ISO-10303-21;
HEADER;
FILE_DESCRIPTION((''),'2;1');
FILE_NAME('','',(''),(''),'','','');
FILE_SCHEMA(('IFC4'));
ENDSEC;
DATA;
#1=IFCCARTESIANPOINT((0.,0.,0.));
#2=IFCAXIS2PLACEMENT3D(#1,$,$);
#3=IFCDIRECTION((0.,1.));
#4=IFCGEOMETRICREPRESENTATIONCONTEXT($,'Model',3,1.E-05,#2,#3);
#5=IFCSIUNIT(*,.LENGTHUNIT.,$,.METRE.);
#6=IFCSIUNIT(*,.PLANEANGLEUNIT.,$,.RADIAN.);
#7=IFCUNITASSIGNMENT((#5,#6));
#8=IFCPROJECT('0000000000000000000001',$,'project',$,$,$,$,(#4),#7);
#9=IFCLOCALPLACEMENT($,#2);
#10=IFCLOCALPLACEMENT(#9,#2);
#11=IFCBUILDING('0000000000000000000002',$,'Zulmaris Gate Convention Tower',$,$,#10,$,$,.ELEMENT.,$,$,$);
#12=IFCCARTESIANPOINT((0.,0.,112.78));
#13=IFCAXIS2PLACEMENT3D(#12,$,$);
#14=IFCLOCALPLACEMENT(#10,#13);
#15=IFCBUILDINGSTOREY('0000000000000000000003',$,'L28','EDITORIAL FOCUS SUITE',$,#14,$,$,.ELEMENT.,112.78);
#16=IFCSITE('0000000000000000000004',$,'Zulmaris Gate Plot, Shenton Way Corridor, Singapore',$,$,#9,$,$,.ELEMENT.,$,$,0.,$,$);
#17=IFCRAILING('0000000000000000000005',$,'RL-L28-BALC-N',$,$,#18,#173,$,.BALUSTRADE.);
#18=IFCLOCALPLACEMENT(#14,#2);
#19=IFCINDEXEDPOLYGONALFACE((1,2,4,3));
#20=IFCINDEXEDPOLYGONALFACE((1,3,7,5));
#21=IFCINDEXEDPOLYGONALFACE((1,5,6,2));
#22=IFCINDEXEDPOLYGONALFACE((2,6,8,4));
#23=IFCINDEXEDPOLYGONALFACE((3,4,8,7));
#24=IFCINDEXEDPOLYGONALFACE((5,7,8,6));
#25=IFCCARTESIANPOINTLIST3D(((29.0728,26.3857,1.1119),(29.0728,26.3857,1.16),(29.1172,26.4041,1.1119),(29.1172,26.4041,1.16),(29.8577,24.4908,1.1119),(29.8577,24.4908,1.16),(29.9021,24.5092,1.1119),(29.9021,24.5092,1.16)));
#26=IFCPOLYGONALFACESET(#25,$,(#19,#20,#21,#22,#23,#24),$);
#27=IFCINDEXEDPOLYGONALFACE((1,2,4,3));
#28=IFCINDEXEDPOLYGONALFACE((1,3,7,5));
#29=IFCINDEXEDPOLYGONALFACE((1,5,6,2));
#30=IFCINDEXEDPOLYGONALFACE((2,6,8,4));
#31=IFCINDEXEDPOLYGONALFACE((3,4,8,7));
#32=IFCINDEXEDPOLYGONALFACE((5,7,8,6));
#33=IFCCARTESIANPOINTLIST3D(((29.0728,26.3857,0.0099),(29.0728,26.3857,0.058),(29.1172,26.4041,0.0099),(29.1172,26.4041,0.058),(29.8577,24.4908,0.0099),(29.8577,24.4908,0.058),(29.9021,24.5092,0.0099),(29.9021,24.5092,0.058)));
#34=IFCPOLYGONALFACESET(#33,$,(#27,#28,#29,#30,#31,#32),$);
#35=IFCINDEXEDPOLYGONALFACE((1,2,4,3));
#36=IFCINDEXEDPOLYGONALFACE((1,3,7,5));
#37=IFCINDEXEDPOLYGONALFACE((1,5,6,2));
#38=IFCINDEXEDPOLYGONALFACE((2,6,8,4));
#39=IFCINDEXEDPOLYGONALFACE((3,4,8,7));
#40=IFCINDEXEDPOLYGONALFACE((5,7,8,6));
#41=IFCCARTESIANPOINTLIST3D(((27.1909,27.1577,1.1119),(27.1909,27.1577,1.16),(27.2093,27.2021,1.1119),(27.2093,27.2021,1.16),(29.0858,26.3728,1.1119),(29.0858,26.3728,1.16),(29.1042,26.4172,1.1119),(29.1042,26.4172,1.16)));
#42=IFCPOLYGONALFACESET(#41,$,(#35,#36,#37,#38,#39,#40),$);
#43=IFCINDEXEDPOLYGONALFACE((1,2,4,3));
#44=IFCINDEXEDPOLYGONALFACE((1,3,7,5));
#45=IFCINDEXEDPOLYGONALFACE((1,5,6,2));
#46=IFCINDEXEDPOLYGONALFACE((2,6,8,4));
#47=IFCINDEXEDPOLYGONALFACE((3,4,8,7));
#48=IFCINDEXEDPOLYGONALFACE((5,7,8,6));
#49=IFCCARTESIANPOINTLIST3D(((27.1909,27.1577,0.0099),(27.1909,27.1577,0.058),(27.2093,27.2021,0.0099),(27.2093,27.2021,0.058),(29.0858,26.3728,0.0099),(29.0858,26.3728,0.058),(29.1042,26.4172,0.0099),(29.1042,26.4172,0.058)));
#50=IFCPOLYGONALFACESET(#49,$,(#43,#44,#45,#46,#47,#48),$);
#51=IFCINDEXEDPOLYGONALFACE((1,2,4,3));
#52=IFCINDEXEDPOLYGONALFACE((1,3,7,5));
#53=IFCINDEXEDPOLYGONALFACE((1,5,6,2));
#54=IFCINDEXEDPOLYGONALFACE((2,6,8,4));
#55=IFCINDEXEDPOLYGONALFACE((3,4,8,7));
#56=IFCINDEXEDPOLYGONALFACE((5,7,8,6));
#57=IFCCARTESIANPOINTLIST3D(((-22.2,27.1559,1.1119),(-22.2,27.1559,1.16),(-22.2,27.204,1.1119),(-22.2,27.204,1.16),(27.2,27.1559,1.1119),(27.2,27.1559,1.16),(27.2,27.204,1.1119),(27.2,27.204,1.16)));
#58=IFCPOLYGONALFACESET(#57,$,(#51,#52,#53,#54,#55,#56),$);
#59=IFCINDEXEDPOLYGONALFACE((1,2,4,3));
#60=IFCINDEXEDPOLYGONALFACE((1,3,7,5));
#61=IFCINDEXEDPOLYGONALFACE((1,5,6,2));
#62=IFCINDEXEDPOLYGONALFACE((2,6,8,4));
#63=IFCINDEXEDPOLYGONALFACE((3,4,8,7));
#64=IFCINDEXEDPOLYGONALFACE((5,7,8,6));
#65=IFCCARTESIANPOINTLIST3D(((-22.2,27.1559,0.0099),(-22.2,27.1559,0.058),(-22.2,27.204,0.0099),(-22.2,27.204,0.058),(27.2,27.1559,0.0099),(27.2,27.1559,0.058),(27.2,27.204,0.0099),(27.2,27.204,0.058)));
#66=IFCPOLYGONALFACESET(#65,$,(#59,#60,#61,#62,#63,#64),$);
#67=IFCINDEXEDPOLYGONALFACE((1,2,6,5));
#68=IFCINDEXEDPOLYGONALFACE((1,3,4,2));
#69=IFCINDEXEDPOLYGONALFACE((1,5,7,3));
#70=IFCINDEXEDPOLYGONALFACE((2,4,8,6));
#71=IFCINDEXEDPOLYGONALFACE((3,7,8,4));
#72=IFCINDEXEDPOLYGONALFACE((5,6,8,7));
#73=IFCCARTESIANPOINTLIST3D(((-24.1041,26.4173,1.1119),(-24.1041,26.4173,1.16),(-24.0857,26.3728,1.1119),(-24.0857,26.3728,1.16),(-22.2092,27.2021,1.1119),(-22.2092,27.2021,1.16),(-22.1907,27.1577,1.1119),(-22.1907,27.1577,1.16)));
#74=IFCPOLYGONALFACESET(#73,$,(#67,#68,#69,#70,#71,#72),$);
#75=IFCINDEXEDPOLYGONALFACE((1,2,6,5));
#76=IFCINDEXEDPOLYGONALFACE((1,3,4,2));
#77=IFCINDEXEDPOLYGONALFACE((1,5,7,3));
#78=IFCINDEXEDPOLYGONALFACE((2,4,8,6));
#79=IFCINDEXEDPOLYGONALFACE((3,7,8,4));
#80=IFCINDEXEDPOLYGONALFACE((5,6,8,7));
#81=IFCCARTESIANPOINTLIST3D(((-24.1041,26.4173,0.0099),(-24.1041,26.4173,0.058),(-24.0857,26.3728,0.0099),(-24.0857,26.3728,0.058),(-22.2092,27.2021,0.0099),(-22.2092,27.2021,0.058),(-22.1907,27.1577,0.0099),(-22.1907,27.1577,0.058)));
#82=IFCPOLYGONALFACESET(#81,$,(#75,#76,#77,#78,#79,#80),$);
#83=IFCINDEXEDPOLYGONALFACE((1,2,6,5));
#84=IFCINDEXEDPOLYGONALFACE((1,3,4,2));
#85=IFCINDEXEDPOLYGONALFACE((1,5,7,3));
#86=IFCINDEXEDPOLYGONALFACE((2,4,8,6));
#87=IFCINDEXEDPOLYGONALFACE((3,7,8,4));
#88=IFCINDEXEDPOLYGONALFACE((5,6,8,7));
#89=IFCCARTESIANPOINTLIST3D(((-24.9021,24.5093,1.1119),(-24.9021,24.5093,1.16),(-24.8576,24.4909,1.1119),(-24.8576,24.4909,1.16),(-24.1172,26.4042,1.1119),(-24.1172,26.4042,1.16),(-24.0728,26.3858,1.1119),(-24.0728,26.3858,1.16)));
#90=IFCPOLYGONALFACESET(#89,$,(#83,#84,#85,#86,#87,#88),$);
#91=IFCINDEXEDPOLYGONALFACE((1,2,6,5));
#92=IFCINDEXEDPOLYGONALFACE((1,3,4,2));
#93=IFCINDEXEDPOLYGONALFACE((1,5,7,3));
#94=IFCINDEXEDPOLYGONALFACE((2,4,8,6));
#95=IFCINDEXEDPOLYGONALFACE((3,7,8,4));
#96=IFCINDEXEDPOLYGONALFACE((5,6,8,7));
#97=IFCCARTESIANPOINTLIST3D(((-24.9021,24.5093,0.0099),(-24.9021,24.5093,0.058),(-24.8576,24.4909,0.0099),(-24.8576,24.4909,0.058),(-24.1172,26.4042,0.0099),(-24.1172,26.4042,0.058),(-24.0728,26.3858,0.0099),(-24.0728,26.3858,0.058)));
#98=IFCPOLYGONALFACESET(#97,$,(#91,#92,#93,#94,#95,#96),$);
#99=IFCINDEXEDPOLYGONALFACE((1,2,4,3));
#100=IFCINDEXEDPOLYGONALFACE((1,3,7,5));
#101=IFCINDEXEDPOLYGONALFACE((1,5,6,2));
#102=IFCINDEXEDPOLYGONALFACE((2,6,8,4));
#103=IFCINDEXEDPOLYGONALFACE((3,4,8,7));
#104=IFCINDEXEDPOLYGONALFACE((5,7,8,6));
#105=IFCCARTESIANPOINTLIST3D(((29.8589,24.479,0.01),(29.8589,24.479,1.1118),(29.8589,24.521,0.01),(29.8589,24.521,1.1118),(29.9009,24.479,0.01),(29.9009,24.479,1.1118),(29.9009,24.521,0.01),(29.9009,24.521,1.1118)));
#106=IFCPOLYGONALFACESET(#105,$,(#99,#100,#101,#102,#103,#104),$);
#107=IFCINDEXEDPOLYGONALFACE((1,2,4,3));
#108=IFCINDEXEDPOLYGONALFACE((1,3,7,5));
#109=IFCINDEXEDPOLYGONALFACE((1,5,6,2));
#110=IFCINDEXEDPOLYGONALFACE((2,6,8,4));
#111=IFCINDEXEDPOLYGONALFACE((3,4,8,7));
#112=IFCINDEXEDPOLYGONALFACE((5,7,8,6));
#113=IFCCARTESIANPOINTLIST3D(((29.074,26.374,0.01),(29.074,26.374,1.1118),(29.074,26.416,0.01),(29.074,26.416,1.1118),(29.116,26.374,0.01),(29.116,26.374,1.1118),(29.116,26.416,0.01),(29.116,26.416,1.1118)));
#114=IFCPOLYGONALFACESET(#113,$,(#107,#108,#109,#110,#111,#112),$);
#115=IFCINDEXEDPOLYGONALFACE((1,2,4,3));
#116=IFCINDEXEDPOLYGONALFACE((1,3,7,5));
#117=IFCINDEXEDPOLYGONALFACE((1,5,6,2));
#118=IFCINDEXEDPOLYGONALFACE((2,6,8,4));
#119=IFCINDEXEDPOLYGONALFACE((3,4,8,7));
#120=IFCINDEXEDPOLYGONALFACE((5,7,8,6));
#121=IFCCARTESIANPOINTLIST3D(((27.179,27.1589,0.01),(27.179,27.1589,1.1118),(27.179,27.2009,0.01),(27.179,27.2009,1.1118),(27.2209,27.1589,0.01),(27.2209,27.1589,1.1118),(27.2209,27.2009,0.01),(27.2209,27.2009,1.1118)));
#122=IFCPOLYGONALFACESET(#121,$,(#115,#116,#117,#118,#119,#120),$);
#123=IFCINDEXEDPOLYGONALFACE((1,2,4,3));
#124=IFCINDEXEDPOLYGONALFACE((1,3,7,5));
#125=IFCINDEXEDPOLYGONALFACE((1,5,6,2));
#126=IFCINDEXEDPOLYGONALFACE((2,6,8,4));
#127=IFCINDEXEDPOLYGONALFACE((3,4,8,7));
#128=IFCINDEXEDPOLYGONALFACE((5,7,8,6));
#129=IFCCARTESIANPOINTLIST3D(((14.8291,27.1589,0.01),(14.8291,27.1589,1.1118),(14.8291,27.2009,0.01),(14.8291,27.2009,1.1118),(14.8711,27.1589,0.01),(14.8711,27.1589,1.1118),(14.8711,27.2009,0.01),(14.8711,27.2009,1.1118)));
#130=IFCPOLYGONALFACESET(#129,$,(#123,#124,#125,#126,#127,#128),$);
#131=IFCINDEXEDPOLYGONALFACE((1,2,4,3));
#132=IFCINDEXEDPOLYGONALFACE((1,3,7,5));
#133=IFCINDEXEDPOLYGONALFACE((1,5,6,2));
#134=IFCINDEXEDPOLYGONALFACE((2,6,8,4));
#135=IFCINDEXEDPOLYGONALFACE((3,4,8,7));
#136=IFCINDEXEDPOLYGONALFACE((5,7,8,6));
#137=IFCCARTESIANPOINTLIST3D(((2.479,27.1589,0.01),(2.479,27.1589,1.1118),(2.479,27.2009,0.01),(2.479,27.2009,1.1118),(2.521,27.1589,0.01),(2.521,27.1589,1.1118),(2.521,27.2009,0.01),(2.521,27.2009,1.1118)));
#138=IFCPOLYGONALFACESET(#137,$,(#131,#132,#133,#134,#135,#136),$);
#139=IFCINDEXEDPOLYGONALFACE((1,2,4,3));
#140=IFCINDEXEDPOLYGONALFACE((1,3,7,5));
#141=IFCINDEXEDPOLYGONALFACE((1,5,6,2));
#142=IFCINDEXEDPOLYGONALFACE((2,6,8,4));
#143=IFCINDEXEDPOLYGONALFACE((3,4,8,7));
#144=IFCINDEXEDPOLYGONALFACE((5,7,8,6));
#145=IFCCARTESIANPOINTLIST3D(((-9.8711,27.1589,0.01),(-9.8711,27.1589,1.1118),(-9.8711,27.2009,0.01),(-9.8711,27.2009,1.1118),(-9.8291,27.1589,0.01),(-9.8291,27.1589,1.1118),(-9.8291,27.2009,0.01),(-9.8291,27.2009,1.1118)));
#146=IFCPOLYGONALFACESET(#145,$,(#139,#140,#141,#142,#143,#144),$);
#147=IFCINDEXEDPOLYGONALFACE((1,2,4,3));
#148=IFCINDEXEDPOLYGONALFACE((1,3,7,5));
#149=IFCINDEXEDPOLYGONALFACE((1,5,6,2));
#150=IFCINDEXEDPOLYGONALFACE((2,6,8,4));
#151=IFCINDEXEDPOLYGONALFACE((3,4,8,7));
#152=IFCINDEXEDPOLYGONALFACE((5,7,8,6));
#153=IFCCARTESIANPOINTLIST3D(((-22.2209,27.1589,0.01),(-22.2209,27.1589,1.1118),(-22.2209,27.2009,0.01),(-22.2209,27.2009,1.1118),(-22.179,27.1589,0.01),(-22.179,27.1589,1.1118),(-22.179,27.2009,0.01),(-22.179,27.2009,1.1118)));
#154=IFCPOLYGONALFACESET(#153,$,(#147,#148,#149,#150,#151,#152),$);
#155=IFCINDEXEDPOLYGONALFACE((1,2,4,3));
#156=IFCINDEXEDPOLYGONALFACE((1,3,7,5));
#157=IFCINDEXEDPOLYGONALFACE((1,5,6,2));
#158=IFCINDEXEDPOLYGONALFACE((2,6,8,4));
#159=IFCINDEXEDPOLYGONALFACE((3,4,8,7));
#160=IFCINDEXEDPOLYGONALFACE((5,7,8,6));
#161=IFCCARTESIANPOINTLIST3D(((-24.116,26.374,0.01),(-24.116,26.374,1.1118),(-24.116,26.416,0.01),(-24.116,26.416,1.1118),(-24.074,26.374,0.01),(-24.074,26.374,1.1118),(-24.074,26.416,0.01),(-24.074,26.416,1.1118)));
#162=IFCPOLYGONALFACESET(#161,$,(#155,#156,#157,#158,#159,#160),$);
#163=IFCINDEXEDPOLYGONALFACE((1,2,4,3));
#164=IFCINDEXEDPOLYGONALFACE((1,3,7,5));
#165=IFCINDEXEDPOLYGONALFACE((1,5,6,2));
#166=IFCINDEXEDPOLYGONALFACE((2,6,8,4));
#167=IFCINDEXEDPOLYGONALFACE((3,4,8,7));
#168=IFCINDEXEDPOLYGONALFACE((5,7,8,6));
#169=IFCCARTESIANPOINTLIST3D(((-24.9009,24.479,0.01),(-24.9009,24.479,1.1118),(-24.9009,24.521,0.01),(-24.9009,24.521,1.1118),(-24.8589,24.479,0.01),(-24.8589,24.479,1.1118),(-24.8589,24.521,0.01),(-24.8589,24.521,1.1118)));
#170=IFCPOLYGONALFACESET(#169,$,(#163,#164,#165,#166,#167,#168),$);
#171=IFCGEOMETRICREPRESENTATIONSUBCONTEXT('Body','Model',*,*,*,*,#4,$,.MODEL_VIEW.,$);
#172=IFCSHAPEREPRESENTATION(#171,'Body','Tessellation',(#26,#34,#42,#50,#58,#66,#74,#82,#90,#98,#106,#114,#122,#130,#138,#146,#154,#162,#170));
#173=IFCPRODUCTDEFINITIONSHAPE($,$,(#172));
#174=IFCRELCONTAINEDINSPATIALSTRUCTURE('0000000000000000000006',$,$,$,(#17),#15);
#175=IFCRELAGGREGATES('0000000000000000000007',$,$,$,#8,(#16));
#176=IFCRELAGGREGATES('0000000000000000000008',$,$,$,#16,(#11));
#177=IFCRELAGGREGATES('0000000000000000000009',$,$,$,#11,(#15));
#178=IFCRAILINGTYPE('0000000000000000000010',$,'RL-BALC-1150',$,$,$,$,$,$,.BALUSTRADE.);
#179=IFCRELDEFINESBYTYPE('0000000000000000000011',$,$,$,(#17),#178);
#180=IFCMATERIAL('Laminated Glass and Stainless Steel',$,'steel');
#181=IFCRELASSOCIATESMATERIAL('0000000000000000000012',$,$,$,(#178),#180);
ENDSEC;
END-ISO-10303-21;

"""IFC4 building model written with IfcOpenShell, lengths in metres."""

from ifc_helpers import new_model, si_unit, direction, frame, origin, origin_2d, place, context, subcontext, project, spatial, rectangle, extrude, material, type_object, element, save


model = new_model("IFC4")

# Units and contexts
model_context = context("Model", 3, precision=1e-05, world=origin(), true_north=direction((0.0, 1.0)))
body_context = subcontext(model_context, "Body", "Model", "MODEL_VIEW")
ifc_project = project(units=[si_unit("LENGTHUNIT", "METRE"), si_unit("PLANEANGLEUNIT", "RADIAN")], contexts=[model_context])

# Site, building, storey
site_placement = place(None, origin())
site = spatial("IfcSite", under=ifc_project, at=site_placement, Name="Zulmaris Gate Plot, Shenton Way Corridor, Singapore", CompositionType="ELEMENT", RefElevation=0.0)
building_placement = place(site_placement, origin())
building = spatial("IfcBuilding", under=site, at=building_placement, Name="Zulmaris Gate Convention Tower", CompositionType="ELEMENT")
storey_placement = place(building_placement, frame((0.0, 0.0, 112.78)))
storey = spatial("IfcBuildingStorey", under=building, at=storey_placement, Name="L28", Description="EDITORIAL FOCUS SUITE", CompositionType="ELEMENT", Elevation=112.78)

# Railing
ifc_material_1 = material(Name="Laminated Glass and Stainless Steel", Category="steel")
railing_type = type_object("IfcRailingType", Name="RL-BALC-1150", PredefinedType="BALUSTRADE", material=ifc_material_1)
railing_placement = place(storey_placement, frame((29.8799, 24.5, 0.01)))
element("IfcRailing", 1, at=railing_placement, inside=storey, type_object=railing_type, Name="RL-L28-BALC-N", PredefinedType="BALUSTRADE", context=body_context, shape_type="SweptSolid", body=[
    extrude(rectangle(XDim=0.0481, YDim=0.0481, at=origin_2d()), frame((0.0, 0.0, 1.126), z_axis=(-0.382671, 0.923885, 0.0), x_axis=(-0.923885, -0.382671, 0.0)), (0.0, 0.0, 1.0), 2.051),
    extrude(rectangle(XDim=0.0481, YDim=0.0481, at=origin_2d()), frame((0.0, 0.0, 0.0239), z_axis=(-0.382671, 0.923885, 0.0), x_axis=(-0.923885, -0.382671, 0.0)), (0.0, 0.0, 1.0), 2.051),
    extrude(rectangle(XDim=0.0481, YDim=0.0481, at=origin_2d()), frame((-0.7849, 1.895, 1.126), z_axis=(-0.923885, 0.382671, 0.0), x_axis=(-0.382671, -0.923885, 0.0)), (0.0, 0.0, 1.0), 2.051),
    extrude(rectangle(XDim=0.0481, YDim=0.0481, at=origin_2d()), frame((-0.7849, 1.895, 0.0239), z_axis=(-0.923885, 0.382671, 0.0), x_axis=(-0.382671, -0.923885, 0.0)), (0.0, 0.0, 1.0), 2.051),
    extrude(rectangle(XDim=0.0481, YDim=0.0481, at=origin_2d()), frame((-2.6799, 2.6799, 1.126), z_axis=(-1.0, 0.0, 0.0), x_axis=(0.0, -1.0, 0.0)), (0.0, 0.0, 1.0), 49.3999),
    extrude(rectangle(XDim=0.0481, YDim=0.0481, at=origin_2d()), frame((-2.6799, 2.6799, 0.0239), z_axis=(-1.0, 0.0, 0.0), x_axis=(0.0, -1.0, 0.0)), (0.0, 0.0, 1.0), 49.3999),
    extrude(rectangle(XDim=0.0481, YDim=0.0481, at=origin_2d()), frame((-52.0798, 2.6799, 1.126), z_axis=(-0.923885, -0.382671, 0.0), x_axis=(0.382671, -0.923885, 0.0)), (0.0, 0.0, 1.0), 2.051),
    extrude(rectangle(XDim=0.0481, YDim=0.0481, at=origin_2d()), frame((-52.0798, 2.6799, 0.0239), z_axis=(-0.923885, -0.382671, 0.0), x_axis=(0.382671, -0.923885, 0.0)), (0.0, 0.0, 1.0), 2.051),
    extrude(rectangle(XDim=0.0481, YDim=0.0481, at=origin_2d()), frame((-53.9749, 1.895, 1.126), z_axis=(-0.382671, -0.923885, 0.0), x_axis=(0.923885, -0.382671, 0.0)), (0.0, 0.0, 1.0), 2.051),
    extrude(rectangle(XDim=0.0481, YDim=0.0481, at=origin_2d()), frame((-53.9749, 1.895, 0.0239), z_axis=(-0.382671, -0.923885, 0.0), x_axis=(0.923885, -0.382671, 0.0)), (0.0, 0.0, 1.0), 2.051),
    extrude(rectangle(XDim=0.042, YDim=0.042, at=origin_2d()), origin(), (0.0, 0.0, 1.0), 1.1018),
    extrude(rectangle(XDim=0.042, YDim=0.042, at=origin_2d()), frame((-0.7849, 1.895, 0.0)), (0.0, 0.0, 1.0), 1.1018),
    extrude(rectangle(XDim=0.042, YDim=0.042, at=origin_2d()), frame((-2.6799, 2.6799, 0.0)), (0.0, 0.0, 1.0), 1.1018),
    extrude(rectangle(XDim=0.042, YDim=0.042, at=origin_2d()), frame((-15.0298, 2.6799, 0.0)), (0.0, 0.0, 1.0), 1.1018),
    extrude(rectangle(XDim=0.042, YDim=0.042, at=origin_2d()), frame((-27.3799, 2.6799, 0.0)), (0.0, 0.0, 1.0), 1.1018),
    extrude(rectangle(XDim=0.042, YDim=0.042, at=origin_2d()), frame((-39.73, 2.6799, 0.0)), (0.0, 0.0, 1.0), 1.1018),
    extrude(rectangle(XDim=0.042, YDim=0.042, at=origin_2d()), frame((-52.0798, 2.6799, 0.0)), (0.0, 0.0, 1.0), 1.1018),
    extrude(rectangle(XDim=0.042, YDim=0.042, at=origin_2d()), frame((-53.9749, 1.895, 0.0)), (0.0, 0.0, 1.0), 1.1018),
    extrude(rectangle(XDim=0.042, YDim=0.042, at=origin_2d()), frame((-54.7598, 0.0, 0.0)), (0.0, 0.0, 1.0), 1.1018),
])

save(model, "model.ifc")
